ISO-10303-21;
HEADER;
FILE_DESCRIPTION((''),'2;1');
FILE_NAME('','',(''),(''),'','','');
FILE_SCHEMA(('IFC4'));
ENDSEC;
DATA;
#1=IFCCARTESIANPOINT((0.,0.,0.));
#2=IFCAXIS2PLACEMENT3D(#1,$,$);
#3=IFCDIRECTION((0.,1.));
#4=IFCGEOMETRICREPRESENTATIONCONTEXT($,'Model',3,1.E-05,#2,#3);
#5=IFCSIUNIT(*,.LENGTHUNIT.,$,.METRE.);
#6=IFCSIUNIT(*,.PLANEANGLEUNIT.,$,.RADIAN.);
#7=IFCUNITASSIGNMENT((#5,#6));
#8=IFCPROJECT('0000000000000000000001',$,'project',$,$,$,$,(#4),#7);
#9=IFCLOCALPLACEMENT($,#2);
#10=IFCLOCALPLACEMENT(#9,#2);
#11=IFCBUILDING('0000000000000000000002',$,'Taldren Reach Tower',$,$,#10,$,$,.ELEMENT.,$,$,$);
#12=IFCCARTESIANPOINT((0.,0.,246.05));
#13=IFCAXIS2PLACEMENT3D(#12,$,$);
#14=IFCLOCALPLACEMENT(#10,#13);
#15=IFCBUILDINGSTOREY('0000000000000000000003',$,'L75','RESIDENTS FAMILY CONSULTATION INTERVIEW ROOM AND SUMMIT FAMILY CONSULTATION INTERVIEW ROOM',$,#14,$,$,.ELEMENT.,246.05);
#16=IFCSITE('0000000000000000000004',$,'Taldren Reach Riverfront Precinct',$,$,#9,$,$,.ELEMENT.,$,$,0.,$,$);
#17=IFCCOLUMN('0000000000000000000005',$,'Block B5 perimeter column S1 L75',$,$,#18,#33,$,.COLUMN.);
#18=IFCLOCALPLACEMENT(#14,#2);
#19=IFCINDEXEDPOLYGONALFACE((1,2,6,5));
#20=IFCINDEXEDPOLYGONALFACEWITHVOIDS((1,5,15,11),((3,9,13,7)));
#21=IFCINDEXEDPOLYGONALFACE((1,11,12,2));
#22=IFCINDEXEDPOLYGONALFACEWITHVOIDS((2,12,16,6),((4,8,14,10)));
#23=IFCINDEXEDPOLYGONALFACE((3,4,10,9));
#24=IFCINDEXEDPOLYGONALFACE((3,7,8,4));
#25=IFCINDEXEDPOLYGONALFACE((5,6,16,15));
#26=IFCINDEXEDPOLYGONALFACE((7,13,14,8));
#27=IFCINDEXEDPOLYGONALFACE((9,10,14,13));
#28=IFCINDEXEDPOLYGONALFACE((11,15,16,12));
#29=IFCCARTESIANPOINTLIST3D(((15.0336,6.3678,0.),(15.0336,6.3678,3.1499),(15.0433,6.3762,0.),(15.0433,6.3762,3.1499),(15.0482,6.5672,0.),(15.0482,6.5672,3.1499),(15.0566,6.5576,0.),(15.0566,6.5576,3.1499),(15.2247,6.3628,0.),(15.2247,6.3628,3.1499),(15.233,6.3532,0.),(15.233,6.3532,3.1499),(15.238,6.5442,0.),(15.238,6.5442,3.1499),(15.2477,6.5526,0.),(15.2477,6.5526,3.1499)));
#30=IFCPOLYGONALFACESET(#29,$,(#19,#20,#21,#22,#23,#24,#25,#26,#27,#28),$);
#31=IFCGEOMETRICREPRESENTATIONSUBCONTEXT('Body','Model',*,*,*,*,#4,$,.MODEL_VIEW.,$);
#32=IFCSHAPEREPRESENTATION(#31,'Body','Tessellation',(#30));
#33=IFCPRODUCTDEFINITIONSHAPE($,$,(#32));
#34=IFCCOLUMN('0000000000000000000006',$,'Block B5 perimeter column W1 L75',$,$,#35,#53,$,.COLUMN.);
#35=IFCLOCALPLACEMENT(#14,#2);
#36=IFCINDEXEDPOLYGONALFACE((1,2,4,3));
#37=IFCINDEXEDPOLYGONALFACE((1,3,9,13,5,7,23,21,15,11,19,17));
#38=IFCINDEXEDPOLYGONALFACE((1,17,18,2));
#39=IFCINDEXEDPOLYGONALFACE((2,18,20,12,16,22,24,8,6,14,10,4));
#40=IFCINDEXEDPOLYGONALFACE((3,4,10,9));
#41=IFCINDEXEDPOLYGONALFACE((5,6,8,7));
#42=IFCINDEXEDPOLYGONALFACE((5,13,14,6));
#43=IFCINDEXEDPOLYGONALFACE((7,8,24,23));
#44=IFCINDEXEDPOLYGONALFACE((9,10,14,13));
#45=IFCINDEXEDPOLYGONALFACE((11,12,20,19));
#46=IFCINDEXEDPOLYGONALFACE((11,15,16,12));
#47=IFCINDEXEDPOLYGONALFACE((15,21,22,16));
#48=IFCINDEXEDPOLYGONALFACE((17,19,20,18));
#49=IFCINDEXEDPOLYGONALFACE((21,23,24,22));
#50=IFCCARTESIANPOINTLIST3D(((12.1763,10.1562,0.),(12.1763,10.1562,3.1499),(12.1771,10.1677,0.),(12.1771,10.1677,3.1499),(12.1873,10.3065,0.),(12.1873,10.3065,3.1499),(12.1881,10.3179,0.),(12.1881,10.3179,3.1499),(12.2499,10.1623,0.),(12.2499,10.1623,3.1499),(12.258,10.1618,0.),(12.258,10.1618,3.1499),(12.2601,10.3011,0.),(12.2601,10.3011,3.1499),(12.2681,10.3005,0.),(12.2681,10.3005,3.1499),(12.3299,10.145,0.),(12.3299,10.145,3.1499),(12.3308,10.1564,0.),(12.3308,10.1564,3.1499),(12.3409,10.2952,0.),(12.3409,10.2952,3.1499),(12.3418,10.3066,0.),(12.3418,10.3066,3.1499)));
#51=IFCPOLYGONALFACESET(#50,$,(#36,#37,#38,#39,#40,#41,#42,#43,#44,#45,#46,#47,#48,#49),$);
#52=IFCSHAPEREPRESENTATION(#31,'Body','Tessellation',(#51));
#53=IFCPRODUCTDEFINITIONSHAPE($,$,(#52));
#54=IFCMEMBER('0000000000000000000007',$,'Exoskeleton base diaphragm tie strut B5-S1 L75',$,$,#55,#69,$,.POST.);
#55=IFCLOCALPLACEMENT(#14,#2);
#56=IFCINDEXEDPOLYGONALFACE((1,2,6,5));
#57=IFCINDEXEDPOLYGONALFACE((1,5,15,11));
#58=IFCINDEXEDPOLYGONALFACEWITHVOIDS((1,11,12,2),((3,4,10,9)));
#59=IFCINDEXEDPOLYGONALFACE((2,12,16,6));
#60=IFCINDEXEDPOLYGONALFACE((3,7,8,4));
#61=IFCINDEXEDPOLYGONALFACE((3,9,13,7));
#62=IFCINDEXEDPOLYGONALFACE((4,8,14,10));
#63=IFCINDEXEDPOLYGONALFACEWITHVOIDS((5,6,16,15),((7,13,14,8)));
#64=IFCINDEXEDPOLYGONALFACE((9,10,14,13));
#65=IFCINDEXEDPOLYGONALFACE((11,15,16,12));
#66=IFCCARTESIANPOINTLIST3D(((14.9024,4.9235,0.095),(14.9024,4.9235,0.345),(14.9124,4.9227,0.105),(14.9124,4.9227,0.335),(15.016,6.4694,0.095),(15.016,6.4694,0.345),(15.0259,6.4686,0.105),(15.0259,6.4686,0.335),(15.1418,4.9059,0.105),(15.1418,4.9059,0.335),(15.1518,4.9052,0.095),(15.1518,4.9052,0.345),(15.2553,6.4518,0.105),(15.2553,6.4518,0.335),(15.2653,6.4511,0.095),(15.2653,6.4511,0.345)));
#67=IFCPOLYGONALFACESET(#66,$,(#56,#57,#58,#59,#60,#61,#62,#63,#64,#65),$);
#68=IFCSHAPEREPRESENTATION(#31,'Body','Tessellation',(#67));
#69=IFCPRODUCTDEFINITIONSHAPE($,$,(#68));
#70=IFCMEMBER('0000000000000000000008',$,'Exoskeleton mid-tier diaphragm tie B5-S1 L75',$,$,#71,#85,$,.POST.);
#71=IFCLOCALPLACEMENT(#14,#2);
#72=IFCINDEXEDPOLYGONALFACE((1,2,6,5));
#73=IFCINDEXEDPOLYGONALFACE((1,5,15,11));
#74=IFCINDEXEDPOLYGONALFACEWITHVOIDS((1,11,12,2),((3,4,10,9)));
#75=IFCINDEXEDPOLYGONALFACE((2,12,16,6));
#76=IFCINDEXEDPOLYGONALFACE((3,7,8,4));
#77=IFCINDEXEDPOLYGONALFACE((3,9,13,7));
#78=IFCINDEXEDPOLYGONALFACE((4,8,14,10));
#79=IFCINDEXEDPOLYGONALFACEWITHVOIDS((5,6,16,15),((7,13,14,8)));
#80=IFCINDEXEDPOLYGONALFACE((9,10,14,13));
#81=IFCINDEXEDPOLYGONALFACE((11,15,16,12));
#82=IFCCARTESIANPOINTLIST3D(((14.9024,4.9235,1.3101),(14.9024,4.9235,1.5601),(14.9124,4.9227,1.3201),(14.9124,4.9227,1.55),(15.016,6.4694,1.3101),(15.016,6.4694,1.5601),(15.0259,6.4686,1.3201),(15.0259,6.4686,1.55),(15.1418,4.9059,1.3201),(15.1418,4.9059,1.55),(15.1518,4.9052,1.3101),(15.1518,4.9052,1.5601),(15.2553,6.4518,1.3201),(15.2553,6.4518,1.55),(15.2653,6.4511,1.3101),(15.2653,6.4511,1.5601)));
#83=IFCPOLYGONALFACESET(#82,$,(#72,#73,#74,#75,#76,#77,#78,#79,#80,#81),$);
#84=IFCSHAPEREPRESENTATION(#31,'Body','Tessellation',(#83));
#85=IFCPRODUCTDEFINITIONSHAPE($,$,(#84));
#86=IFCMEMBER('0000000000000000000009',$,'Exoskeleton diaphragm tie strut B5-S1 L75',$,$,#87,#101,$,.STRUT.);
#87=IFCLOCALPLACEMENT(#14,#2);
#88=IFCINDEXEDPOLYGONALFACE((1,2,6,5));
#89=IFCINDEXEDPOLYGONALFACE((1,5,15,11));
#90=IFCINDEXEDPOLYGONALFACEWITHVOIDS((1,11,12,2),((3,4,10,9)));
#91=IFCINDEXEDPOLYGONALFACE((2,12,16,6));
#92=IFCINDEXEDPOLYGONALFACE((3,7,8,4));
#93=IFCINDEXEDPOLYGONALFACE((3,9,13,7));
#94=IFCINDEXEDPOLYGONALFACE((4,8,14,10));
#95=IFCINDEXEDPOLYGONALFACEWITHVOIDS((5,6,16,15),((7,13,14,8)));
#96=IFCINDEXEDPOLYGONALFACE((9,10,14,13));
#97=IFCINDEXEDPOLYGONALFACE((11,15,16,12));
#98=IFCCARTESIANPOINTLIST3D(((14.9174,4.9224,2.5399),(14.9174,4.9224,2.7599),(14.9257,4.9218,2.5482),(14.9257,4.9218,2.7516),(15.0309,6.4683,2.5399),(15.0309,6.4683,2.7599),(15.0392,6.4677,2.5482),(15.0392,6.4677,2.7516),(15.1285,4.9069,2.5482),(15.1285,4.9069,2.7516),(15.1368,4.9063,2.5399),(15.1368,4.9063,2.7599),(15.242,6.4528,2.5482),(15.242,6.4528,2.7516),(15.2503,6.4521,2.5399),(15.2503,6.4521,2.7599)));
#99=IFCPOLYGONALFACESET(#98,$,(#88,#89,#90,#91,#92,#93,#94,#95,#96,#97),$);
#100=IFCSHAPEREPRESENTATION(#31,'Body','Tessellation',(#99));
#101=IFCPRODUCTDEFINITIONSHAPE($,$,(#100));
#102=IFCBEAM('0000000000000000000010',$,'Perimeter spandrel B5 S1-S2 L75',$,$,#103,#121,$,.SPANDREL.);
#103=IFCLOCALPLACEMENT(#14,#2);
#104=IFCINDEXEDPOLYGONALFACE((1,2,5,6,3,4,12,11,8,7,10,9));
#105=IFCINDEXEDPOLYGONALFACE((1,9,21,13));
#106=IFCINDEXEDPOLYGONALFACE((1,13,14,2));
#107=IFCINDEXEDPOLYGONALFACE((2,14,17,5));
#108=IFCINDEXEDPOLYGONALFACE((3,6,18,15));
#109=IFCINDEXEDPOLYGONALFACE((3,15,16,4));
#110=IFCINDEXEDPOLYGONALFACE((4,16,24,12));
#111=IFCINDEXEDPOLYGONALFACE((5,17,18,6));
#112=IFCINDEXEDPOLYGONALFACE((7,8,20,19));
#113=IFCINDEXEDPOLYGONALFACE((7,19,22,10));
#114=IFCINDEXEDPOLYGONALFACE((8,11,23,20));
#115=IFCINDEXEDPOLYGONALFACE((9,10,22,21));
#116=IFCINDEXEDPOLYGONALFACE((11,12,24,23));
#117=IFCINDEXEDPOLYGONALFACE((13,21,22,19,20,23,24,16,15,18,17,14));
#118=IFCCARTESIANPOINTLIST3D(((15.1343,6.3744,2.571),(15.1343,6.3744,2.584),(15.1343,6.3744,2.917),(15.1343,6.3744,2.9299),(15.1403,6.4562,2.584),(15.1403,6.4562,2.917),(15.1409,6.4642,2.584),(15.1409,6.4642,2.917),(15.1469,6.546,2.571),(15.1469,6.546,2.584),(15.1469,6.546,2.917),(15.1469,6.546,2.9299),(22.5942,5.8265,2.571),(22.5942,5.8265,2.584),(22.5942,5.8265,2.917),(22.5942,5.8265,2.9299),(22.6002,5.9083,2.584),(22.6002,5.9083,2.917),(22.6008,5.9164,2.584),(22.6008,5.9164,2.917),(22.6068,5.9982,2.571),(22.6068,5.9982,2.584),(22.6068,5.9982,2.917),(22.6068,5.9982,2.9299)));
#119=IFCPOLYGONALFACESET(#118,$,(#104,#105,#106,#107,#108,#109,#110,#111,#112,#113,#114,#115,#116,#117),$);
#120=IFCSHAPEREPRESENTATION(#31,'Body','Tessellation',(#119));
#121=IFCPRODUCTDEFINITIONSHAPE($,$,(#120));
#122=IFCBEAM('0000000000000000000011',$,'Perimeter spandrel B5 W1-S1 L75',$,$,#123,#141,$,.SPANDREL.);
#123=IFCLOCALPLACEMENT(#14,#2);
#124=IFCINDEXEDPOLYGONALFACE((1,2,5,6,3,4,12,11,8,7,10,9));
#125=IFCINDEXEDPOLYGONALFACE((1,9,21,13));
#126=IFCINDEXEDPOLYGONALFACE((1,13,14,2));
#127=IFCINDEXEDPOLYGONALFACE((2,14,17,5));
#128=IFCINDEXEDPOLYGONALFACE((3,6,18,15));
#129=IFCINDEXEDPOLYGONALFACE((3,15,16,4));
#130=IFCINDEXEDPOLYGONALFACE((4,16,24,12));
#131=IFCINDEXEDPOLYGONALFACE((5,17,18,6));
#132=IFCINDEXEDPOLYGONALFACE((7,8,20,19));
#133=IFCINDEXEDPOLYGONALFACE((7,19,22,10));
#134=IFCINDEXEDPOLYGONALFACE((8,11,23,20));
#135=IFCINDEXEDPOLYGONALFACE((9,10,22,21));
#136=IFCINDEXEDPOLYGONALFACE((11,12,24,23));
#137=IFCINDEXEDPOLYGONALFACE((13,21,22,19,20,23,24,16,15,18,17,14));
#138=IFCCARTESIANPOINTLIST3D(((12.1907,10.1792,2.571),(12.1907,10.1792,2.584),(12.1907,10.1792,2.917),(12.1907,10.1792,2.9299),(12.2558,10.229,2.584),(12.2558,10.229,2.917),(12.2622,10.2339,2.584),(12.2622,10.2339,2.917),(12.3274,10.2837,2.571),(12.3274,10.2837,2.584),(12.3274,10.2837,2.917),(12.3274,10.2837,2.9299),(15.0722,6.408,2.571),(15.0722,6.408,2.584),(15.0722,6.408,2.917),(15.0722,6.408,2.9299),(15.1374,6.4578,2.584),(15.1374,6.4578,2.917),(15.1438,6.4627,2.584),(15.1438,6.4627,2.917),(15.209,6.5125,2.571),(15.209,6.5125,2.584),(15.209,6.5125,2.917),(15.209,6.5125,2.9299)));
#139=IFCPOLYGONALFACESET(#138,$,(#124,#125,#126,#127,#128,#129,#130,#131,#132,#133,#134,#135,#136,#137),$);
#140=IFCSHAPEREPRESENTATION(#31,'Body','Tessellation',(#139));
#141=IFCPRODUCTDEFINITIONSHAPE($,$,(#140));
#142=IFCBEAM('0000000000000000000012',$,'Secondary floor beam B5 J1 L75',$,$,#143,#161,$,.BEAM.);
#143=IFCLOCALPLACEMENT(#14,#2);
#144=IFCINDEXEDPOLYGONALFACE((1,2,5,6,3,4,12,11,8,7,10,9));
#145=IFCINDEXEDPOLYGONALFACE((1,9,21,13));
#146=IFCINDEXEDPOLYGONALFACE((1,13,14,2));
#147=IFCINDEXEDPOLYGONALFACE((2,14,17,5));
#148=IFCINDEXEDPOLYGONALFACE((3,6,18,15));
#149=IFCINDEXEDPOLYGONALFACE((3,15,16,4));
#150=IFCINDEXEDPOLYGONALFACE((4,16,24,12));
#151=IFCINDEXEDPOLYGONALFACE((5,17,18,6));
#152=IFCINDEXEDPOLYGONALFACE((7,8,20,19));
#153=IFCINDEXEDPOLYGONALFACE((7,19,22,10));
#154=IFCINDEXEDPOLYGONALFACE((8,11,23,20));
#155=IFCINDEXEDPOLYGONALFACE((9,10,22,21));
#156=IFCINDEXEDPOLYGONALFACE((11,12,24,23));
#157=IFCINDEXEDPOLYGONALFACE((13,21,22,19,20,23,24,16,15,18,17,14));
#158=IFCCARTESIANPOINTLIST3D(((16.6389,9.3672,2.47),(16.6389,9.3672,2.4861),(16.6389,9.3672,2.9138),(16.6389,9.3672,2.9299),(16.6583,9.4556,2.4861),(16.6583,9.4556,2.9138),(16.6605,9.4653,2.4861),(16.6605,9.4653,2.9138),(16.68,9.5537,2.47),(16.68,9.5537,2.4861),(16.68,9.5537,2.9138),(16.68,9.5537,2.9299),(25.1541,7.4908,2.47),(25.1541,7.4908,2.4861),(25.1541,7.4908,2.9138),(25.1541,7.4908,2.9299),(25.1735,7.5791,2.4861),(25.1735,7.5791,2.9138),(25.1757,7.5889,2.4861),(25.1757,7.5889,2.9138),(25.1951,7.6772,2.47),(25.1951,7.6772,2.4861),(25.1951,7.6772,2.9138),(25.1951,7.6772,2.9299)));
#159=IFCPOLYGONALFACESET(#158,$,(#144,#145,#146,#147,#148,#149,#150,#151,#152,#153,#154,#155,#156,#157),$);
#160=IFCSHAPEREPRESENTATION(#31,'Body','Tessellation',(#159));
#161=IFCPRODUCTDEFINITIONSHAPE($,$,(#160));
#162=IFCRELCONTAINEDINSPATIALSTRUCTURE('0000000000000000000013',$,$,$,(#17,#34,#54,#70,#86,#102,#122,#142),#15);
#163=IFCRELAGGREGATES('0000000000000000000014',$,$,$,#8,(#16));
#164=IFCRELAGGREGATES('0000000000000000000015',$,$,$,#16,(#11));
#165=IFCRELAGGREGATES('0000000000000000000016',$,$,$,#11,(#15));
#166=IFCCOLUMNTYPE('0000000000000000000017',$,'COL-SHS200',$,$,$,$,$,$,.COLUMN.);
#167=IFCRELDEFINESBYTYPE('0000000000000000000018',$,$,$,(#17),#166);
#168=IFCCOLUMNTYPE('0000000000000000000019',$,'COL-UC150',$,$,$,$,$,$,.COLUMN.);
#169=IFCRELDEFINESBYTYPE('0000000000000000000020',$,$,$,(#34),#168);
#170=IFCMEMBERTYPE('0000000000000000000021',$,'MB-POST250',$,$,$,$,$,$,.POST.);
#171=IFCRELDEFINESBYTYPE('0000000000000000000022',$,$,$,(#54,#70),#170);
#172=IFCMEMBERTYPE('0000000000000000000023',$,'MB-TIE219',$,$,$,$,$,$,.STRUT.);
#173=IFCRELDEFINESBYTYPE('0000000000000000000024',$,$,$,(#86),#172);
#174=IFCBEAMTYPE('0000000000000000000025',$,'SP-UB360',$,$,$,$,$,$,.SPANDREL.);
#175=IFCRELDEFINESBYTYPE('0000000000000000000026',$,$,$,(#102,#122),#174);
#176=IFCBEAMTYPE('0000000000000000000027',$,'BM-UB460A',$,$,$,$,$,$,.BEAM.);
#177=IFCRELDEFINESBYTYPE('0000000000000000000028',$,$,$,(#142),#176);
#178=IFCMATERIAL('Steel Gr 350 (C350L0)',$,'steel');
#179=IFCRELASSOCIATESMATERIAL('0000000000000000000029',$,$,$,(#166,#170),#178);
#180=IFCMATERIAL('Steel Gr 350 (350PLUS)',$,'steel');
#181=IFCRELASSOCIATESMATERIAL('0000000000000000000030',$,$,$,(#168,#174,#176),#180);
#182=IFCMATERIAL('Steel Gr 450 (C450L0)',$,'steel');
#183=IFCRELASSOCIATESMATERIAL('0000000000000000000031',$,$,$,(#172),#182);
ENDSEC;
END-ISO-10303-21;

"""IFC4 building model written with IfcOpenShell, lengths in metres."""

from ifc_helpers import new_model, si_unit, direction, frame, origin, origin_2d, place, context, subcontext, project, spatial, hollow_rectangle, i_section, extrude, source, transform, mapped, material, material_profile, profile_set, type_object, element, save


model = new_model("IFC4")

# Units and contexts
model_context = context("Model", 3, precision=1e-05, world=origin(), true_north=direction((0.0, 1.0)))
body_context = subcontext(model_context, "Body", "Model", "MODEL_VIEW")
ifc_project = project(units=[si_unit("LENGTHUNIT", "METRE"), si_unit("PLANEANGLEUNIT", "RADIAN")], contexts=[model_context])

# Site, building, storey
site_placement = place(None, origin())
site = spatial("IfcSite", under=ifc_project, at=site_placement, Name="Taldren Reach Riverfront Precinct", CompositionType="ELEMENT", RefElevation=0.0)
building_placement = place(site_placement, origin())
building = spatial("IfcBuilding", under=site, at=building_placement, Name="Taldren Reach Tower", CompositionType="ELEMENT")
storey_placement = place(building_placement, frame((0.0, 0.0, 246.05)))
storey = spatial("IfcBuildingStorey", under=building, at=storey_placement, Name="L75", Description="RESIDENTS FAMILY CONSULTATION INTERVIEW ROOM AND SUMMIT FAMILY CONSULTATION INTERVIEW ROOM", CompositionType="ELEMENT", Elevation=246.05)

# Columns
ifc_material_1 = material(Name="Steel Gr 350 (C350L0)", Category="steel")
ifc_material_profile_1 = material_profile(ifc_material_1, hollow_rectangle(XDim=0.2, YDim=0.2, WallThickness=0.009, at=origin_2d()), Name="200x200x9.0SHS")
ifc_profile_set_1 = profile_set([ifc_material_profile_1], Name="Steel Gr 350 (C350L0)")
column_type_1 = type_object("IfcColumnType", Name="COL-SHS200", PredefinedType="COLUMN", material=ifc_profile_set_1)
shared_shape_1 = source(origin(), body_context, "Body", "SweptSolid", [
    extrude(hollow_rectangle(XDim=0.2, YDim=0.2, WallThickness=0.009, at=origin_2d()), origin(), (0.0, 0.0, 1.0), 3.1499),
])
column_1_placement = place(storey_placement, frame((15.1406, 6.4602, 0.0), z_axis=(0.0, 0.0, 1.0), x_axis=(0.997314, -0.073238, 0.0)))
element("IfcColumn", 1, at=column_1_placement, inside=storey, type_object=column_type_1, Name="Block B5 perimeter column S1 L75", PredefinedType="COLUMN", context=body_context, shape_type="MappedRepresentation", body=[
    mapped(shared_shape_1, transform((0.0, 0.0, 0.0), scale=1.0)),
])
ifc_material_2 = material(Name="Steel Gr 350 (350PLUS)", Category="steel")
ifc_material_profile_2 = material_profile(ifc_material_2, i_section(OverallWidth=0.1541, OverallDepth=0.1621, WebThickness=0.0081, FlangeThickness=0.0115, at=origin_2d()), Name="150UC37.2")
ifc_profile_set_2 = profile_set([ifc_material_profile_2], Name="Steel Gr 350 (350PLUS)")
column_type_2 = type_object("IfcColumnType", Name="COL-UC150", PredefinedType="COLUMN", material=ifc_profile_set_2)
shared_shape_2 = source(origin(), body_context, "Body", "SweptSolid", [
    extrude(i_section(OverallWidth=0.1541, OverallDepth=0.1621, WebThickness=0.0081, FlangeThickness=0.0115, at=origin_2d()), origin(), (0.0, 0.0, 1.0), 3.1499),
])
column_2_placement = place(storey_placement, frame((12.259, 10.2314, 0.0), z_axis=(0.0, 0.0, 1.0), x_axis=(0.997314, -0.073238, 0.0)))
element("IfcColumn", 2, at=column_2_placement, inside=storey, type_object=column_type_2, Name="Block B5 perimeter column W1 L75", PredefinedType="COLUMN", context=body_context, shape_type="MappedRepresentation", body=[
    mapped(shared_shape_2, transform((0.0, 0.0, 0.0), scale=1.0)),
])

# Members
ifc_material_profile_3 = material_profile(ifc_material_1, hollow_rectangle(XDim=0.25, YDim=0.25, WallThickness=0.01, at=origin_2d()), Name="250x250x10.0SHS")
ifc_profile_set_3 = profile_set([ifc_material_profile_3], Name="Steel Gr 350 (C350L0)")
member_type_1 = type_object("IfcMemberType", Name="MB-POST250", PredefinedType="POST", material=ifc_profile_set_3)
shared_shape_3 = source(origin(), body_context, "Body", "SweptSolid", [
    extrude(hollow_rectangle(XDim=0.25, YDim=0.25, WallThickness=0.01, at=origin_2d()), origin(), (0.0, 0.0, 1.0), 1.55),
])
for number, where, z_axis, x_axis, name in (
    (3, (15.1406, 6.4602, 0.22), (-0.073239, -0.997314, 0.0), (0.997314, -0.073239, 0.0), "Exoskeleton base diaphragm tie strut B5-S1 L75"),
    (4, (15.1406, 6.4602, 1.4351), (-0.073239, -0.997314, 0.0), (0.997314, -0.073239, 0.0), "Exoskeleton mid-tier diaphragm tie B5-S1 L75"),
):
    element("IfcMember", number, at=place(storey_placement, frame(where, z_axis=z_axis, x_axis=x_axis)), inside=storey, type_object=member_type_1, Name=name, PredefinedType="POST", context=body_context, shape_type="MappedRepresentation", body=[
        mapped(shared_shape_3, transform((0.0, 0.0, 0.0), scale=1.0)),
    ])
ifc_material_3 = material(Name="Steel Gr 450 (C450L0)", Category="steel")
ifc_material_profile_4 = material_profile(ifc_material_3, hollow_rectangle(XDim=0.22, YDim=0.22, WallThickness=0.0083, at=origin_2d()), Name="220x220x8.2SHS")
ifc_profile_set_4 = profile_set([ifc_material_profile_4], Name="Steel Gr 450 (C450L0)")
member_type_2 = type_object("IfcMemberType", Name="MB-TIE219", PredefinedType="STRUT", material=ifc_profile_set_4)
shared_shape_4 = source(origin(), body_context, "Body", "SweptSolid", [
    extrude(hollow_rectangle(XDim=0.22, YDim=0.22, WallThickness=0.0083, at=origin_2d()), origin(), (0.0, 0.0, 1.0), 1.55),
])
member_1_placement = place(storey_placement, frame((15.1406, 6.4602, 2.6499), z_axis=(-0.073239, -0.997314, 0.0), x_axis=(0.997314, -0.073239, 0.0)))
element("IfcMember", 5, at=member_1_placement, inside=storey, type_object=member_type_2, Name="Exoskeleton diaphragm tie strut B5-S1 L75", PredefinedType="STRUT", context=body_context, shape_type="MappedRepresentation", body=[
    mapped(shared_shape_4, transform((0.0, 0.0, 0.0), scale=1.0)),
])

# Beams
ifc_material_profile_5 = material_profile(ifc_material_2, i_section(OverallWidth=0.1721, OverallDepth=0.3589, WebThickness=0.0081, FlangeThickness=0.0129, at=origin_2d()), Name="360UB56.7")
ifc_profile_set_5 = profile_set([ifc_material_profile_5], Name="Steel Gr 350 (350PLUS)")
beam_type_1 = type_object("IfcBeamType", Name="SP-UB360", PredefinedType="SPANDREL", material=ifc_profile_set_5)
shared_shape_5 = source(origin(), body_context, "Body", "SweptSolid", [
    extrude(i_section(OverallWidth=0.1721, OverallDepth=0.3589, WebThickness=0.0081, FlangeThickness=0.0129, at=origin_2d()), origin(), (0.0, 0.0, 1.0), 7.48),
])
beam_1_placement = place(storey_placement, frame((15.1406, 6.4602, 2.7505), z_axis=(0.997314, -0.073242, 0.0), x_axis=(0.073242, 0.997314, 0.0)))
element("IfcBeam", 6, at=beam_1_placement, inside=storey, type_object=beam_type_1, Name="Perimeter spandrel B5 S1-S2 L75", PredefinedType="SPANDREL", context=body_context, shape_type="MappedRepresentation", body=[
    mapped(shared_shape_5, transform((0.0, 0.0, 0.0), scale=1.0)),
])
shared_shape_6 = source(origin(), body_context, "Body", "SweptSolid", [
    extrude(i_section(OverallWidth=0.1721, OverallDepth=0.3589, WebThickness=0.0081, FlangeThickness=0.0129, at=origin_2d()), origin(), (0.0, 0.0, 1.0), 4.7461),
])
beam_2_placement = place(storey_placement, frame((12.259, 10.2314, 2.7505), z_axis=(0.607145, -0.794591, 0.0), x_axis=(0.794591, 0.607145, 0.0)))
element("IfcBeam", 7, at=beam_2_placement, inside=storey, type_object=beam_type_1, Name="Perimeter spandrel B5 W1-S1 L75", PredefinedType="SPANDREL", context=body_context, shape_type="MappedRepresentation", body=[
    mapped(shared_shape_6, transform((0.0, 0.0, 0.0), scale=1.0)),
])
ifc_material_profile_6 = material_profile(ifc_material_2, i_section(OverallWidth=0.1909, OverallDepth=0.46, WebThickness=0.01, FlangeThickness=0.0161, at=origin_2d()), Name="460UB82.1")
ifc_profile_set_6 = profile_set([ifc_material_profile_6], Name="Steel Gr 350 (350PLUS)")
beam_type_2 = type_object("IfcBeamType", Name="BM-UB460A", PredefinedType="BEAM", material=ifc_profile_set_6)
shared_shape_7 = source(origin(), body_context, "Body", "SweptSolid", [
    extrude(i_section(OverallWidth=0.1909, OverallDepth=0.46, WebThickness=0.01, FlangeThickness=0.0161, at=origin_2d()), origin(), (0.0, 0.0, 1.0), 8.7195),
])
beam_3_placement = place(storey_placement, frame((16.6594, 9.4604, 2.7), z_axis=(0.976569, -0.215205, 0.0), x_axis=(0.215205, 0.976569, 0.0)))
element("IfcBeam", 8, at=beam_3_placement, inside=storey, type_object=beam_type_2, Name="Secondary floor beam B5 J1 L75", PredefinedType="BEAM", context=body_context, shape_type="MappedRepresentation", body=[
    mapped(shared_shape_7, transform((0.0, 0.0, 0.0), scale=1.0)),
])

save(model, "model.ifc")
